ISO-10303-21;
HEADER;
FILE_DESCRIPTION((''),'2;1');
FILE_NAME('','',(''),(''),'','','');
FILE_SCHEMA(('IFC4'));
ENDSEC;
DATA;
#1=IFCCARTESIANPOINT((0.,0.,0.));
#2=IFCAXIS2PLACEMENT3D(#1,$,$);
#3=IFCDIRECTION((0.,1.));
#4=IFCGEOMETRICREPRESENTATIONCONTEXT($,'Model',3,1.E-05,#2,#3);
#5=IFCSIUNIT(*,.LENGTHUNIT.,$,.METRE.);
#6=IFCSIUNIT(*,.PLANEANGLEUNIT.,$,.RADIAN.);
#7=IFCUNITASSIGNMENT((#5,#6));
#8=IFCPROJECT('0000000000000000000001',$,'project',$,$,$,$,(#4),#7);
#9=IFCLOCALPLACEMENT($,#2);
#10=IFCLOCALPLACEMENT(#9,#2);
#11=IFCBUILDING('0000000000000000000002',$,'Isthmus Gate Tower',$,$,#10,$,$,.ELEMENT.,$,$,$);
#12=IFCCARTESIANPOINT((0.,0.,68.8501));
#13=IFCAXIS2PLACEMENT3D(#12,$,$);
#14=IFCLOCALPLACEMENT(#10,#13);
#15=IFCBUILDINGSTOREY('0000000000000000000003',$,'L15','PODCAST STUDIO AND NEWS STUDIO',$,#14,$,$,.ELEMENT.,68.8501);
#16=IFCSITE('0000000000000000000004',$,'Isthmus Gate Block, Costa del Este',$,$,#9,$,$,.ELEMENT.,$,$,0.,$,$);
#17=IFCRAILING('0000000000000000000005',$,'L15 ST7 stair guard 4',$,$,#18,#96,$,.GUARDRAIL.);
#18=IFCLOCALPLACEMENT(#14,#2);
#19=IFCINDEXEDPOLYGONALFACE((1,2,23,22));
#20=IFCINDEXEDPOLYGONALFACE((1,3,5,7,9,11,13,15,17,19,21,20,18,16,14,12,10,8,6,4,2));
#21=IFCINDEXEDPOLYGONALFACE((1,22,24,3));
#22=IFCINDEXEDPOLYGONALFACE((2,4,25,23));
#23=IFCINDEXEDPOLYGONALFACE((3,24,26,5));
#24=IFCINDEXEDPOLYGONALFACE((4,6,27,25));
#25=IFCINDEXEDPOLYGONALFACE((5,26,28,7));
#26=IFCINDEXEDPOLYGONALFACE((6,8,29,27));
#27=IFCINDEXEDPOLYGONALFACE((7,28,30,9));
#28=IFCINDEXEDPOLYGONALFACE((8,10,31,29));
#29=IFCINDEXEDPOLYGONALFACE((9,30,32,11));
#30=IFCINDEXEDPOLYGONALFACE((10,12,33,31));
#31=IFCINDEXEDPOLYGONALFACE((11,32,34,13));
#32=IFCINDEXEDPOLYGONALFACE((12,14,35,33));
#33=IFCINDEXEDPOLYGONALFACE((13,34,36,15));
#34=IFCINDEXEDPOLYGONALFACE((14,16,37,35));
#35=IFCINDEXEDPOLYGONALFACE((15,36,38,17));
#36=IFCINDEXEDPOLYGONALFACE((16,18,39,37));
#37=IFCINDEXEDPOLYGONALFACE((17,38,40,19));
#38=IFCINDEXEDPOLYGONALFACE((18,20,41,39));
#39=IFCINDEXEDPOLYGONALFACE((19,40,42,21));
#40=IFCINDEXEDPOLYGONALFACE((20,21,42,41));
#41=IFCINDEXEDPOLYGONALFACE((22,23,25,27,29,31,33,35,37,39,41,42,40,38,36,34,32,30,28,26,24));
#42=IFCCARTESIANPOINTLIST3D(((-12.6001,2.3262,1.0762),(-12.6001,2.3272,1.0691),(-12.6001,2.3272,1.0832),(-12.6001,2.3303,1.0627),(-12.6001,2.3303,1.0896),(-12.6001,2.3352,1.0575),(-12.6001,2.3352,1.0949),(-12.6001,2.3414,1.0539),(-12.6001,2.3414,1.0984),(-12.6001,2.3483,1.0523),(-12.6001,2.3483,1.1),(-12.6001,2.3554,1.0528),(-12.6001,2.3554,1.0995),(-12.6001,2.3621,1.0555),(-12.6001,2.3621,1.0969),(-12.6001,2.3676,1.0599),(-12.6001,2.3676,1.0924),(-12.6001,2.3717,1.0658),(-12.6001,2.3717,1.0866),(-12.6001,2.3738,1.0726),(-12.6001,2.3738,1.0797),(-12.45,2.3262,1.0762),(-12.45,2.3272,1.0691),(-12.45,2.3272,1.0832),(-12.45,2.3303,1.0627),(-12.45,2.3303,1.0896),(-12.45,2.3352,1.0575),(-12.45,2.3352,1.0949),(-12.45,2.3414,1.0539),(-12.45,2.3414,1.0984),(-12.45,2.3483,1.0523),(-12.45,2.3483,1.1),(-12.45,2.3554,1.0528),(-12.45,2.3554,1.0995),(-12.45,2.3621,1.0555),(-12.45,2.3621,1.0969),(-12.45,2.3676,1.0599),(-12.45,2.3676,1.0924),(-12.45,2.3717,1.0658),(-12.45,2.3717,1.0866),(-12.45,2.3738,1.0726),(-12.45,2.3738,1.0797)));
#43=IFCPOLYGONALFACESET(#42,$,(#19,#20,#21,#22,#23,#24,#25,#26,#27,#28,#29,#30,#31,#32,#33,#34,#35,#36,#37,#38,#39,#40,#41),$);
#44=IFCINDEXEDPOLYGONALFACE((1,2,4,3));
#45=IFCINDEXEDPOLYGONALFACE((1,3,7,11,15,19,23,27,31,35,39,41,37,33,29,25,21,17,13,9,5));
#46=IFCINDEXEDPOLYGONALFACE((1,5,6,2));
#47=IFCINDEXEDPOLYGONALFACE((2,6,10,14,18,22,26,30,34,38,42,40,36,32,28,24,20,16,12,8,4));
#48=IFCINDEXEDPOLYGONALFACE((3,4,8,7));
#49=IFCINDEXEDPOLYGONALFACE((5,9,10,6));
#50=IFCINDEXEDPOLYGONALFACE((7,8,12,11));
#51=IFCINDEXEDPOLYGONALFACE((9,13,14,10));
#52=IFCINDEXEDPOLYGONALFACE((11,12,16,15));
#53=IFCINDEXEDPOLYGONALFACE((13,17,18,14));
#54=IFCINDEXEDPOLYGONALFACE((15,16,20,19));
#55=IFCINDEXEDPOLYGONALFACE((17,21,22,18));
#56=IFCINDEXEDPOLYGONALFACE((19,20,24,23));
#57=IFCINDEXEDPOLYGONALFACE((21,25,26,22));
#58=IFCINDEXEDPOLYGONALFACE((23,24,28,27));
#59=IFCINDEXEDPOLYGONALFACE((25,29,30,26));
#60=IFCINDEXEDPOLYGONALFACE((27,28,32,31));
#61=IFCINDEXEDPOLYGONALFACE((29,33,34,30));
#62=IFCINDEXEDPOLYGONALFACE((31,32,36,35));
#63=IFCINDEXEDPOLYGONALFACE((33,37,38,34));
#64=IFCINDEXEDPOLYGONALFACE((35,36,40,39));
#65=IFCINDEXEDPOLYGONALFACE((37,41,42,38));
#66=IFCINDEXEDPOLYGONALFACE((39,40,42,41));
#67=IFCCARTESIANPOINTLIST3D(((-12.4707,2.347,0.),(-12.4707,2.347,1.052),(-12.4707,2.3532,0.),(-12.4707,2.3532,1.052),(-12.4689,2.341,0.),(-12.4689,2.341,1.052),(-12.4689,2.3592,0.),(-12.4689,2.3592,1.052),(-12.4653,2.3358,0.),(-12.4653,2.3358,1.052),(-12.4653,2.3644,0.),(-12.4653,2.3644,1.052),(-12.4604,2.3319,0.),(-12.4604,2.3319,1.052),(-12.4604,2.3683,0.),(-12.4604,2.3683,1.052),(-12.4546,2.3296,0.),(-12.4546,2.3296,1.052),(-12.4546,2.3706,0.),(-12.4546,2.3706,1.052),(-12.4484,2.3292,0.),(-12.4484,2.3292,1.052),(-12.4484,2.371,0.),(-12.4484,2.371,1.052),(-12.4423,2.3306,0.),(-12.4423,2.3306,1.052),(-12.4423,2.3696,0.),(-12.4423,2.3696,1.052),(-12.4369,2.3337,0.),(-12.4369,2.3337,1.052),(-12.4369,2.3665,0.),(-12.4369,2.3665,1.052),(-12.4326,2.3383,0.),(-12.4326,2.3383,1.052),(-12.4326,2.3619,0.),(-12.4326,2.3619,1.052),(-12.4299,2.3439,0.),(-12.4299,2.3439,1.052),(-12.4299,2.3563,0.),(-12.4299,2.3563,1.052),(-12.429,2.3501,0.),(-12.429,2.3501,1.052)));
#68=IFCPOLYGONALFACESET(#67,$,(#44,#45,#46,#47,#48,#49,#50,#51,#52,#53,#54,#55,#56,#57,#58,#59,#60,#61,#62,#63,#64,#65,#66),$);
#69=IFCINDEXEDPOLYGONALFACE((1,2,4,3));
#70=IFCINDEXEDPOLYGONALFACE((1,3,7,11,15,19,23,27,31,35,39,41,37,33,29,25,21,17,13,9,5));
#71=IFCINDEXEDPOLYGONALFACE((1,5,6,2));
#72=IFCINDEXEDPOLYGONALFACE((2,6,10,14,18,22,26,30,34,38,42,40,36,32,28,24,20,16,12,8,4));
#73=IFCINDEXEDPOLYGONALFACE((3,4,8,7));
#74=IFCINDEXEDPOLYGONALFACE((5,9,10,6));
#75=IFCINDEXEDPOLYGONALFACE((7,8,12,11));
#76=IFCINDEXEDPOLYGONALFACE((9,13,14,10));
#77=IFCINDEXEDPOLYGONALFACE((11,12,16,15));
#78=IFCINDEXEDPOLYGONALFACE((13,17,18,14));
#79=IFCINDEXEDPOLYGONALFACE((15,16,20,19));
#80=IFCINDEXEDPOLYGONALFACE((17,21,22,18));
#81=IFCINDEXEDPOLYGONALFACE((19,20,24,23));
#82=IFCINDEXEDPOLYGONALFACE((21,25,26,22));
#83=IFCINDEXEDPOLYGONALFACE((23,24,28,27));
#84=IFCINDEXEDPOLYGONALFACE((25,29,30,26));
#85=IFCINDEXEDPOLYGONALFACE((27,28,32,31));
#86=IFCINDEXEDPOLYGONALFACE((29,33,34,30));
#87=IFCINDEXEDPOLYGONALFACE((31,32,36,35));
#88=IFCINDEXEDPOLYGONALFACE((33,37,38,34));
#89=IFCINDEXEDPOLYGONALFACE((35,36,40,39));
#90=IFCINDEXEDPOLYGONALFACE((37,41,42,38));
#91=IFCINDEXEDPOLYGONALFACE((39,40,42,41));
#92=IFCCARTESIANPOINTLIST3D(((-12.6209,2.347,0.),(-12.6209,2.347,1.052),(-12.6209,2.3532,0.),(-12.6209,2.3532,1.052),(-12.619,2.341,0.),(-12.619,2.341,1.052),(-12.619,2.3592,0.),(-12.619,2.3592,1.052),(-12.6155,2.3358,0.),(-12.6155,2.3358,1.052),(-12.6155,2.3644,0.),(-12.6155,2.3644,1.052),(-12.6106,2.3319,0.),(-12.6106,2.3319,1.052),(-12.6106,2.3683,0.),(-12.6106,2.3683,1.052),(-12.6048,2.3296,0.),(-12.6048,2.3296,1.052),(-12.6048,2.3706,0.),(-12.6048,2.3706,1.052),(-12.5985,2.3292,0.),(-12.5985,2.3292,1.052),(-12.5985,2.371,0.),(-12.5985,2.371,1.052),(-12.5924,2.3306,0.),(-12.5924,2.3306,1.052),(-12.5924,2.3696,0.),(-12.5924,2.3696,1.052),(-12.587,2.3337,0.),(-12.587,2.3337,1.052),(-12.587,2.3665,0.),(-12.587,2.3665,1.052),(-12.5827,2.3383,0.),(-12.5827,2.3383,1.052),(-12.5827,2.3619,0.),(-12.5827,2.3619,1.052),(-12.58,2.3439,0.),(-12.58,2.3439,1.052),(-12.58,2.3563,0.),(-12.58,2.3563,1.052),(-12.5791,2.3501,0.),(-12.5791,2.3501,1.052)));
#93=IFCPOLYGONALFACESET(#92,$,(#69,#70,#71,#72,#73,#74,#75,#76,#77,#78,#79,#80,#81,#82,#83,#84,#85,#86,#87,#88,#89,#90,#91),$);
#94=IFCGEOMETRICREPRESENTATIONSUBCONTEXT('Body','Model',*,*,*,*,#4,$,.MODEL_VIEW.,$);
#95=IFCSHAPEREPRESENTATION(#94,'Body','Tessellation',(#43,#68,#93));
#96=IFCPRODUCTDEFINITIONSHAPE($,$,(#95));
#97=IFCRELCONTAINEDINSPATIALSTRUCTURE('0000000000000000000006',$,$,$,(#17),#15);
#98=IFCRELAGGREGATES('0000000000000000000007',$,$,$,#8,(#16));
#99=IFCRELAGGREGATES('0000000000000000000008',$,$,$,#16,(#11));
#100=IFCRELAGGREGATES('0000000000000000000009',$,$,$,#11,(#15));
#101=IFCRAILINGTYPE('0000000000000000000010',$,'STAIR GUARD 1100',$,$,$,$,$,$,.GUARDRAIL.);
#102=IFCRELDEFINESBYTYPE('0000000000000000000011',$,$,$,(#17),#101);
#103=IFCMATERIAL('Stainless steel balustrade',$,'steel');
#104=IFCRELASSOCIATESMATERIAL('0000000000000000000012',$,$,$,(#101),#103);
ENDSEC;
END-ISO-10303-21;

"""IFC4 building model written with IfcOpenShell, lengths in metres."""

from ifc_helpers import new_model, si_unit, direction, frame, origin, origin_2d, place, context, subcontext, project, spatial, circle, extrude, material, type_object, element, save


model = new_model("IFC4")

# Units and contexts
model_context = context("Model", 3, precision=1e-05, world=origin(), true_north=direction((0.0, 1.0)))
body_context = subcontext(model_context, "Body", "Model", "MODEL_VIEW")
ifc_project = project(units=[si_unit("LENGTHUNIT", "METRE"), si_unit("PLANEANGLEUNIT", "RADIAN")], contexts=[model_context])

# Site, building, storey
site_placement = place(None, origin())
site = spatial("IfcSite", under=ifc_project, at=site_placement, Name="Isthmus Gate Block, Costa del Este", CompositionType="ELEMENT", RefElevation=0.0)
building_placement = place(site_placement, origin())
building = spatial("IfcBuilding", under=site, at=building_placement, Name="Isthmus Gate Tower", CompositionType="ELEMENT")
storey_placement = place(building_placement, frame((0.0, 0.0, 68.8501)))
storey = spatial("IfcBuildingStorey", under=building, at=storey_placement, Name="L15", Description="PODCAST STUDIO AND NEWS STUDIO", CompositionType="ELEMENT", Elevation=68.8501)

# Railing
ifc_material_1 = material(Name="Stainless steel balustrade", Category="steel")
railing_type_1 = type_object("IfcRailingType", Name="STAIR GUARD 1100", PredefinedType="GUARDRAIL", material=ifc_material_1)
railing_1_placement = place(storey_placement, frame((-12.45, 2.3501, 0.0)))
element("IfcRailing", 1, at=railing_1_placement, inside=storey, type_object=railing_type_1, Name="L15 ST7 stair guard 4", PredefinedType="GUARDRAIL", context=body_context, shape_type="SweptSolid", body=[
    extrude(circle(Radius=0.0239, at=origin_2d()), frame((0.0, 0.0, 1.0762), z_axis=(-1.0, 0.0, 0.0), x_axis=(0.0, -1.0, 0.0)), (0.0, 0.0, 1.0), 0.1501),
    extrude(circle(Radius=0.021, at=origin_2d()), origin(), (0.0, 0.0, 1.0), 1.052),
    extrude(circle(Radius=0.021, at=origin_2d()), frame((-0.1501, 0.0, 0.0)), (0.0, 0.0, 1.0), 1.052),
])

save(model, "model.ifc")
